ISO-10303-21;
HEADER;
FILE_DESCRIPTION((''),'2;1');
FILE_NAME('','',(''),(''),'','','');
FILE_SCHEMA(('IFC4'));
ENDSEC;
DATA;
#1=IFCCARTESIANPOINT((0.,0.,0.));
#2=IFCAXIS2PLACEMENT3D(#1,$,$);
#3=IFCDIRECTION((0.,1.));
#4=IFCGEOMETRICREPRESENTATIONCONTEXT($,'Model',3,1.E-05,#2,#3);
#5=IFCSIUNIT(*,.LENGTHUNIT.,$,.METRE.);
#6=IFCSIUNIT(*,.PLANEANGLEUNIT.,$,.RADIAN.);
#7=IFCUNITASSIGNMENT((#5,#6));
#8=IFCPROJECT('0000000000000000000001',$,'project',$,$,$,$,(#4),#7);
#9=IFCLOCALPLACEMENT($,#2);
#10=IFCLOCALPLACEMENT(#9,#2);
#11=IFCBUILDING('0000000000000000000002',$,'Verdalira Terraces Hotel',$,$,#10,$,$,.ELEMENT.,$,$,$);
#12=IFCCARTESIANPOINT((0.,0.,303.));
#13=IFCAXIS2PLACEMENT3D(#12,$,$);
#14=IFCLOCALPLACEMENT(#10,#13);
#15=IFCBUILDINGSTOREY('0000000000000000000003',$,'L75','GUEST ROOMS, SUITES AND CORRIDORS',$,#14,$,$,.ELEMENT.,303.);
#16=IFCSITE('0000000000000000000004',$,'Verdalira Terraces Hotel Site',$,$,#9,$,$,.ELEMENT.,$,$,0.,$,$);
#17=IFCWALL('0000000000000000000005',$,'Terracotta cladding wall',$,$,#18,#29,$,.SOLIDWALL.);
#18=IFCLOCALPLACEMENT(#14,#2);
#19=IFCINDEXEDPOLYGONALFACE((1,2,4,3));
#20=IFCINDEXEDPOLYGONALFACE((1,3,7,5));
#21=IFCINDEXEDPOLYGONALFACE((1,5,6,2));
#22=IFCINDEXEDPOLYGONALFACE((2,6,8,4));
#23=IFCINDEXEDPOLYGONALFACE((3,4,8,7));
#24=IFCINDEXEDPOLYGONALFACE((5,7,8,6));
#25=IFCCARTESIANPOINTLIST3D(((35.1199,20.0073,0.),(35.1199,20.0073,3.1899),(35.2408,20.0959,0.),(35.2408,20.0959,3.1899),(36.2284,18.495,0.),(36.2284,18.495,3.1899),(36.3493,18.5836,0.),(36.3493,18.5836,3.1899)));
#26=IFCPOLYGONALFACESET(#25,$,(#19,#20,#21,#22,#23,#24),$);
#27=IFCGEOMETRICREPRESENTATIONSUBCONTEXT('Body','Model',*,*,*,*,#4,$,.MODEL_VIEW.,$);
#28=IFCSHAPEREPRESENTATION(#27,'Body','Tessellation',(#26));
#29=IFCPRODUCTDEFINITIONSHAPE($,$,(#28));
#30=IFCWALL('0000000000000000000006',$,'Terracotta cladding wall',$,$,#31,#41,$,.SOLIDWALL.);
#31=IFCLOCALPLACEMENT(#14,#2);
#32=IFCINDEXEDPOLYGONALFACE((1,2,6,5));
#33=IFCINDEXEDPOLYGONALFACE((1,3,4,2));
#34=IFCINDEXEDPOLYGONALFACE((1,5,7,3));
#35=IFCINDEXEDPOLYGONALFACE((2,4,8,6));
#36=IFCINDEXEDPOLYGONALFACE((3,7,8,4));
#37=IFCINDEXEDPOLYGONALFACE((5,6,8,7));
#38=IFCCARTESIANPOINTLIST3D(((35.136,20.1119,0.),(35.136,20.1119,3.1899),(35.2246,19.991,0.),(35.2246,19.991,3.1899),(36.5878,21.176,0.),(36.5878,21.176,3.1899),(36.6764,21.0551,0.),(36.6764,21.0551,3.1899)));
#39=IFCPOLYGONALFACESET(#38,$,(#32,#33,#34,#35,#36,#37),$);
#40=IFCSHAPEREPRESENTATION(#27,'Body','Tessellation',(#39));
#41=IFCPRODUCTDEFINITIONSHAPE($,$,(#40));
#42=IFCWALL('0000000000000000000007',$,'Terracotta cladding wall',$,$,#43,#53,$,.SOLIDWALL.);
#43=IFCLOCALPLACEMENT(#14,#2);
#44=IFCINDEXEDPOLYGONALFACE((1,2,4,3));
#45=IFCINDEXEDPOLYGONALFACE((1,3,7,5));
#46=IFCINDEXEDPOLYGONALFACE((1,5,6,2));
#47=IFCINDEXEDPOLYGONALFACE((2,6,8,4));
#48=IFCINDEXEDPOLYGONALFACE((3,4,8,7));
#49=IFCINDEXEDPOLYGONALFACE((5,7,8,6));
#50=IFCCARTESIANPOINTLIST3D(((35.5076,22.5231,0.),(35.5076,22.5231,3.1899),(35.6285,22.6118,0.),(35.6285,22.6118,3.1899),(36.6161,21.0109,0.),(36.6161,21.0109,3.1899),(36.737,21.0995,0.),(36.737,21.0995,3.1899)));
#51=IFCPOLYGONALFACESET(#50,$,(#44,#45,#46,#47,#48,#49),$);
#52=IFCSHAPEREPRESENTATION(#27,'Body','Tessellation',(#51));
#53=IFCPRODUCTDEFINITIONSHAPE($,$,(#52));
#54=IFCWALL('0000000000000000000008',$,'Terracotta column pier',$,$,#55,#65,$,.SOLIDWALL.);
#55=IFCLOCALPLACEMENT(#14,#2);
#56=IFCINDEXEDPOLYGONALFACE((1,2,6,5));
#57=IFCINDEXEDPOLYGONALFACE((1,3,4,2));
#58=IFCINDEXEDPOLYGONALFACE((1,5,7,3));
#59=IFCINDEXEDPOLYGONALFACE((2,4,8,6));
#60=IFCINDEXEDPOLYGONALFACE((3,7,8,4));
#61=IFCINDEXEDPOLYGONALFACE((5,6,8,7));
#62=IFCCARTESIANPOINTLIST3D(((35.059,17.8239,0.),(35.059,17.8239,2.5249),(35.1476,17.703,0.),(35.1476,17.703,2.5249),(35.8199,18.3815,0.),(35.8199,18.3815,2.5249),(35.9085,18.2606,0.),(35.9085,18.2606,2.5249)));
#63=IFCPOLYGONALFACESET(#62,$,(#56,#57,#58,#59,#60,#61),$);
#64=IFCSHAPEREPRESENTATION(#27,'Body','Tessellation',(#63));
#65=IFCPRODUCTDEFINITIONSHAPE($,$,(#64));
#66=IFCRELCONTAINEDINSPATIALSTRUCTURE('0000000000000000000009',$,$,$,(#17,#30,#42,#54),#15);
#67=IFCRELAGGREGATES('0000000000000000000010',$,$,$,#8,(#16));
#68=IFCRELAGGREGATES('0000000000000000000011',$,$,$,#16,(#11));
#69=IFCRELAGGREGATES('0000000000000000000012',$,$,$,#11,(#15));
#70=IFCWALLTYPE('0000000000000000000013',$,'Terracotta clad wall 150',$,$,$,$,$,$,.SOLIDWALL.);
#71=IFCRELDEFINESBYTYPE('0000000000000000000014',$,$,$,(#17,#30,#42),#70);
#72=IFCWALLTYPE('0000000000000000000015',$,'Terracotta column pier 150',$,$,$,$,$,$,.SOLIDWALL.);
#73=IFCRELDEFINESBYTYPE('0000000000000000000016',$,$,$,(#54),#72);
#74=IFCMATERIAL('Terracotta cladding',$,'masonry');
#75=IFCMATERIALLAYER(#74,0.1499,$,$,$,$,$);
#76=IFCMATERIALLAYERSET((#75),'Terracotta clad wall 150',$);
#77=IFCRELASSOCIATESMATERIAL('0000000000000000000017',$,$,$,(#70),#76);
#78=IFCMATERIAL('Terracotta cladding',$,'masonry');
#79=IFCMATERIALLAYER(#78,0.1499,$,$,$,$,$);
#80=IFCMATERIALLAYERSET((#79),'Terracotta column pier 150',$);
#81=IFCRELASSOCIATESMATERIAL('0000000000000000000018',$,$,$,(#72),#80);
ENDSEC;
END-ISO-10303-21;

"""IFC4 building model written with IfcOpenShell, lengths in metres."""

from ifc_helpers import new_model, si_unit, direction, frame, frame_2d, origin, place, context, subcontext, project, spatial, rectangle, extrude, material, layer, layer_set, type_object, element, save


model = new_model("IFC4")

# Units and contexts
model_context = context("Model", 3, precision=1e-05, world=origin(), true_north=direction((0.0, 1.0)))
body_context = subcontext(model_context, "Body", "Model", "MODEL_VIEW")
ifc_project = project(units=[si_unit("LENGTHUNIT", "METRE"), si_unit("PLANEANGLEUNIT", "RADIAN")], contexts=[model_context])

# Site, building, storey
site_placement = place(None, origin())
site = spatial("IfcSite", under=ifc_project, at=site_placement, Name="Verdalira Terraces Hotel Site", CompositionType="ELEMENT", RefElevation=0.0)
building_placement = place(site_placement, origin())
building = spatial("IfcBuilding", under=site, at=building_placement, Name="Verdalira Terraces Hotel", CompositionType="ELEMENT")
storey_placement = place(building_placement, frame((0.0, 0.0, 303.0)))
storey = spatial("IfcBuildingStorey", under=building, at=storey_placement, Name="L75", Description="GUEST ROOMS, SUITES AND CORRIDORS", CompositionType="ELEMENT", Elevation=303.0)

# Walls
ifc_material_1 = material(Name="Terracotta cladding", Category="masonry")
ifc_layer_1 = layer(ifc_material_1, 0.1499)
ifc_layer_set_1 = layer_set([ifc_layer_1], Name="Terracotta clad wall 150")
wall_type_1 = type_object("IfcWallType", Name="Terracotta clad wall 150", PredefinedType="SOLIDWALL", material=ifc_layer_set_1)
wall_1_placement = place(storey_placement, frame((36.2888, 18.5393, 0.0), z_axis=(0.0, 0.0, 1.0), x_axis=(-0.591172, 0.806546, 0.0)))
element("IfcWall", 1, at=wall_1_placement, inside=storey, type_object=wall_type_1, Name="Terracotta cladding wall", PredefinedType="SOLIDWALL", context=body_context, shape_type="SweptSolid", body=[
    extrude(rectangle(XDim=1.875, YDim=0.1499, at=frame_2d((0.9375, 0.0))), origin(), (0.0, 0.0, 1.0), 3.1899),
])
wall_2_placement = place(storey_placement, frame((35.1804, 20.0515, 0.0), z_axis=(0.0, 0.0, 1.0), x_axis=(0.806543, 0.591176, 0.0)))
element("IfcWall", 2, at=wall_2_placement, inside=storey, type_object=wall_type_1, Name="Terracotta cladding wall", PredefinedType="SOLIDWALL", context=body_context, shape_type="SweptSolid", body=[
    extrude(rectangle(XDim=1.8, YDim=0.1499, at=frame_2d((0.8999, 0.0))), origin(), (0.0, 0.0, 1.0), 3.1899),
])
wall_3_placement = place(storey_placement, frame((36.6765, 21.0552, 0.0), z_axis=(0.0, 0.0, 1.0), x_axis=(-0.591172, 0.806546, 0.0)))
element("IfcWall", 3, at=wall_3_placement, inside=storey, type_object=wall_type_1, Name="Terracotta cladding wall", PredefinedType="SOLIDWALL", context=body_context, shape_type="SweptSolid", body=[
    extrude(rectangle(XDim=1.875, YDim=0.1499, at=frame_2d((0.9375, 0.0))), origin(), (0.0, 0.0, 1.0), 3.1899),
])
ifc_material_2 = material(Name="Terracotta cladding", Category="masonry")
ifc_layer_2 = layer(ifc_material_2, 0.1499)
ifc_layer_set_2 = layer_set([ifc_layer_2], Name="Terracotta column pier 150")
wall_type_2 = type_object("IfcWallType", Name="Terracotta column pier 150", PredefinedType="SOLIDWALL", material=ifc_layer_set_2)
wall_4_placement = place(storey_placement, frame((35.1033, 17.7634, 0.0), z_axis=(0.0, 0.0, 1.0), x_axis=(0.806627, 0.591061, 0.0)))
element("IfcWall", 4, at=wall_4_placement, inside=storey, type_object=wall_type_2, Name="Terracotta column pier", PredefinedType="SOLIDWALL", context=body_context, shape_type="SweptSolid", body=[
    extrude(rectangle(XDim=0.9434, YDim=0.1499, at=frame_2d((0.4717, 0.0))), origin(), (0.0, 0.0, 1.0), 2.5249),
])

save(model, "model.ifc")
